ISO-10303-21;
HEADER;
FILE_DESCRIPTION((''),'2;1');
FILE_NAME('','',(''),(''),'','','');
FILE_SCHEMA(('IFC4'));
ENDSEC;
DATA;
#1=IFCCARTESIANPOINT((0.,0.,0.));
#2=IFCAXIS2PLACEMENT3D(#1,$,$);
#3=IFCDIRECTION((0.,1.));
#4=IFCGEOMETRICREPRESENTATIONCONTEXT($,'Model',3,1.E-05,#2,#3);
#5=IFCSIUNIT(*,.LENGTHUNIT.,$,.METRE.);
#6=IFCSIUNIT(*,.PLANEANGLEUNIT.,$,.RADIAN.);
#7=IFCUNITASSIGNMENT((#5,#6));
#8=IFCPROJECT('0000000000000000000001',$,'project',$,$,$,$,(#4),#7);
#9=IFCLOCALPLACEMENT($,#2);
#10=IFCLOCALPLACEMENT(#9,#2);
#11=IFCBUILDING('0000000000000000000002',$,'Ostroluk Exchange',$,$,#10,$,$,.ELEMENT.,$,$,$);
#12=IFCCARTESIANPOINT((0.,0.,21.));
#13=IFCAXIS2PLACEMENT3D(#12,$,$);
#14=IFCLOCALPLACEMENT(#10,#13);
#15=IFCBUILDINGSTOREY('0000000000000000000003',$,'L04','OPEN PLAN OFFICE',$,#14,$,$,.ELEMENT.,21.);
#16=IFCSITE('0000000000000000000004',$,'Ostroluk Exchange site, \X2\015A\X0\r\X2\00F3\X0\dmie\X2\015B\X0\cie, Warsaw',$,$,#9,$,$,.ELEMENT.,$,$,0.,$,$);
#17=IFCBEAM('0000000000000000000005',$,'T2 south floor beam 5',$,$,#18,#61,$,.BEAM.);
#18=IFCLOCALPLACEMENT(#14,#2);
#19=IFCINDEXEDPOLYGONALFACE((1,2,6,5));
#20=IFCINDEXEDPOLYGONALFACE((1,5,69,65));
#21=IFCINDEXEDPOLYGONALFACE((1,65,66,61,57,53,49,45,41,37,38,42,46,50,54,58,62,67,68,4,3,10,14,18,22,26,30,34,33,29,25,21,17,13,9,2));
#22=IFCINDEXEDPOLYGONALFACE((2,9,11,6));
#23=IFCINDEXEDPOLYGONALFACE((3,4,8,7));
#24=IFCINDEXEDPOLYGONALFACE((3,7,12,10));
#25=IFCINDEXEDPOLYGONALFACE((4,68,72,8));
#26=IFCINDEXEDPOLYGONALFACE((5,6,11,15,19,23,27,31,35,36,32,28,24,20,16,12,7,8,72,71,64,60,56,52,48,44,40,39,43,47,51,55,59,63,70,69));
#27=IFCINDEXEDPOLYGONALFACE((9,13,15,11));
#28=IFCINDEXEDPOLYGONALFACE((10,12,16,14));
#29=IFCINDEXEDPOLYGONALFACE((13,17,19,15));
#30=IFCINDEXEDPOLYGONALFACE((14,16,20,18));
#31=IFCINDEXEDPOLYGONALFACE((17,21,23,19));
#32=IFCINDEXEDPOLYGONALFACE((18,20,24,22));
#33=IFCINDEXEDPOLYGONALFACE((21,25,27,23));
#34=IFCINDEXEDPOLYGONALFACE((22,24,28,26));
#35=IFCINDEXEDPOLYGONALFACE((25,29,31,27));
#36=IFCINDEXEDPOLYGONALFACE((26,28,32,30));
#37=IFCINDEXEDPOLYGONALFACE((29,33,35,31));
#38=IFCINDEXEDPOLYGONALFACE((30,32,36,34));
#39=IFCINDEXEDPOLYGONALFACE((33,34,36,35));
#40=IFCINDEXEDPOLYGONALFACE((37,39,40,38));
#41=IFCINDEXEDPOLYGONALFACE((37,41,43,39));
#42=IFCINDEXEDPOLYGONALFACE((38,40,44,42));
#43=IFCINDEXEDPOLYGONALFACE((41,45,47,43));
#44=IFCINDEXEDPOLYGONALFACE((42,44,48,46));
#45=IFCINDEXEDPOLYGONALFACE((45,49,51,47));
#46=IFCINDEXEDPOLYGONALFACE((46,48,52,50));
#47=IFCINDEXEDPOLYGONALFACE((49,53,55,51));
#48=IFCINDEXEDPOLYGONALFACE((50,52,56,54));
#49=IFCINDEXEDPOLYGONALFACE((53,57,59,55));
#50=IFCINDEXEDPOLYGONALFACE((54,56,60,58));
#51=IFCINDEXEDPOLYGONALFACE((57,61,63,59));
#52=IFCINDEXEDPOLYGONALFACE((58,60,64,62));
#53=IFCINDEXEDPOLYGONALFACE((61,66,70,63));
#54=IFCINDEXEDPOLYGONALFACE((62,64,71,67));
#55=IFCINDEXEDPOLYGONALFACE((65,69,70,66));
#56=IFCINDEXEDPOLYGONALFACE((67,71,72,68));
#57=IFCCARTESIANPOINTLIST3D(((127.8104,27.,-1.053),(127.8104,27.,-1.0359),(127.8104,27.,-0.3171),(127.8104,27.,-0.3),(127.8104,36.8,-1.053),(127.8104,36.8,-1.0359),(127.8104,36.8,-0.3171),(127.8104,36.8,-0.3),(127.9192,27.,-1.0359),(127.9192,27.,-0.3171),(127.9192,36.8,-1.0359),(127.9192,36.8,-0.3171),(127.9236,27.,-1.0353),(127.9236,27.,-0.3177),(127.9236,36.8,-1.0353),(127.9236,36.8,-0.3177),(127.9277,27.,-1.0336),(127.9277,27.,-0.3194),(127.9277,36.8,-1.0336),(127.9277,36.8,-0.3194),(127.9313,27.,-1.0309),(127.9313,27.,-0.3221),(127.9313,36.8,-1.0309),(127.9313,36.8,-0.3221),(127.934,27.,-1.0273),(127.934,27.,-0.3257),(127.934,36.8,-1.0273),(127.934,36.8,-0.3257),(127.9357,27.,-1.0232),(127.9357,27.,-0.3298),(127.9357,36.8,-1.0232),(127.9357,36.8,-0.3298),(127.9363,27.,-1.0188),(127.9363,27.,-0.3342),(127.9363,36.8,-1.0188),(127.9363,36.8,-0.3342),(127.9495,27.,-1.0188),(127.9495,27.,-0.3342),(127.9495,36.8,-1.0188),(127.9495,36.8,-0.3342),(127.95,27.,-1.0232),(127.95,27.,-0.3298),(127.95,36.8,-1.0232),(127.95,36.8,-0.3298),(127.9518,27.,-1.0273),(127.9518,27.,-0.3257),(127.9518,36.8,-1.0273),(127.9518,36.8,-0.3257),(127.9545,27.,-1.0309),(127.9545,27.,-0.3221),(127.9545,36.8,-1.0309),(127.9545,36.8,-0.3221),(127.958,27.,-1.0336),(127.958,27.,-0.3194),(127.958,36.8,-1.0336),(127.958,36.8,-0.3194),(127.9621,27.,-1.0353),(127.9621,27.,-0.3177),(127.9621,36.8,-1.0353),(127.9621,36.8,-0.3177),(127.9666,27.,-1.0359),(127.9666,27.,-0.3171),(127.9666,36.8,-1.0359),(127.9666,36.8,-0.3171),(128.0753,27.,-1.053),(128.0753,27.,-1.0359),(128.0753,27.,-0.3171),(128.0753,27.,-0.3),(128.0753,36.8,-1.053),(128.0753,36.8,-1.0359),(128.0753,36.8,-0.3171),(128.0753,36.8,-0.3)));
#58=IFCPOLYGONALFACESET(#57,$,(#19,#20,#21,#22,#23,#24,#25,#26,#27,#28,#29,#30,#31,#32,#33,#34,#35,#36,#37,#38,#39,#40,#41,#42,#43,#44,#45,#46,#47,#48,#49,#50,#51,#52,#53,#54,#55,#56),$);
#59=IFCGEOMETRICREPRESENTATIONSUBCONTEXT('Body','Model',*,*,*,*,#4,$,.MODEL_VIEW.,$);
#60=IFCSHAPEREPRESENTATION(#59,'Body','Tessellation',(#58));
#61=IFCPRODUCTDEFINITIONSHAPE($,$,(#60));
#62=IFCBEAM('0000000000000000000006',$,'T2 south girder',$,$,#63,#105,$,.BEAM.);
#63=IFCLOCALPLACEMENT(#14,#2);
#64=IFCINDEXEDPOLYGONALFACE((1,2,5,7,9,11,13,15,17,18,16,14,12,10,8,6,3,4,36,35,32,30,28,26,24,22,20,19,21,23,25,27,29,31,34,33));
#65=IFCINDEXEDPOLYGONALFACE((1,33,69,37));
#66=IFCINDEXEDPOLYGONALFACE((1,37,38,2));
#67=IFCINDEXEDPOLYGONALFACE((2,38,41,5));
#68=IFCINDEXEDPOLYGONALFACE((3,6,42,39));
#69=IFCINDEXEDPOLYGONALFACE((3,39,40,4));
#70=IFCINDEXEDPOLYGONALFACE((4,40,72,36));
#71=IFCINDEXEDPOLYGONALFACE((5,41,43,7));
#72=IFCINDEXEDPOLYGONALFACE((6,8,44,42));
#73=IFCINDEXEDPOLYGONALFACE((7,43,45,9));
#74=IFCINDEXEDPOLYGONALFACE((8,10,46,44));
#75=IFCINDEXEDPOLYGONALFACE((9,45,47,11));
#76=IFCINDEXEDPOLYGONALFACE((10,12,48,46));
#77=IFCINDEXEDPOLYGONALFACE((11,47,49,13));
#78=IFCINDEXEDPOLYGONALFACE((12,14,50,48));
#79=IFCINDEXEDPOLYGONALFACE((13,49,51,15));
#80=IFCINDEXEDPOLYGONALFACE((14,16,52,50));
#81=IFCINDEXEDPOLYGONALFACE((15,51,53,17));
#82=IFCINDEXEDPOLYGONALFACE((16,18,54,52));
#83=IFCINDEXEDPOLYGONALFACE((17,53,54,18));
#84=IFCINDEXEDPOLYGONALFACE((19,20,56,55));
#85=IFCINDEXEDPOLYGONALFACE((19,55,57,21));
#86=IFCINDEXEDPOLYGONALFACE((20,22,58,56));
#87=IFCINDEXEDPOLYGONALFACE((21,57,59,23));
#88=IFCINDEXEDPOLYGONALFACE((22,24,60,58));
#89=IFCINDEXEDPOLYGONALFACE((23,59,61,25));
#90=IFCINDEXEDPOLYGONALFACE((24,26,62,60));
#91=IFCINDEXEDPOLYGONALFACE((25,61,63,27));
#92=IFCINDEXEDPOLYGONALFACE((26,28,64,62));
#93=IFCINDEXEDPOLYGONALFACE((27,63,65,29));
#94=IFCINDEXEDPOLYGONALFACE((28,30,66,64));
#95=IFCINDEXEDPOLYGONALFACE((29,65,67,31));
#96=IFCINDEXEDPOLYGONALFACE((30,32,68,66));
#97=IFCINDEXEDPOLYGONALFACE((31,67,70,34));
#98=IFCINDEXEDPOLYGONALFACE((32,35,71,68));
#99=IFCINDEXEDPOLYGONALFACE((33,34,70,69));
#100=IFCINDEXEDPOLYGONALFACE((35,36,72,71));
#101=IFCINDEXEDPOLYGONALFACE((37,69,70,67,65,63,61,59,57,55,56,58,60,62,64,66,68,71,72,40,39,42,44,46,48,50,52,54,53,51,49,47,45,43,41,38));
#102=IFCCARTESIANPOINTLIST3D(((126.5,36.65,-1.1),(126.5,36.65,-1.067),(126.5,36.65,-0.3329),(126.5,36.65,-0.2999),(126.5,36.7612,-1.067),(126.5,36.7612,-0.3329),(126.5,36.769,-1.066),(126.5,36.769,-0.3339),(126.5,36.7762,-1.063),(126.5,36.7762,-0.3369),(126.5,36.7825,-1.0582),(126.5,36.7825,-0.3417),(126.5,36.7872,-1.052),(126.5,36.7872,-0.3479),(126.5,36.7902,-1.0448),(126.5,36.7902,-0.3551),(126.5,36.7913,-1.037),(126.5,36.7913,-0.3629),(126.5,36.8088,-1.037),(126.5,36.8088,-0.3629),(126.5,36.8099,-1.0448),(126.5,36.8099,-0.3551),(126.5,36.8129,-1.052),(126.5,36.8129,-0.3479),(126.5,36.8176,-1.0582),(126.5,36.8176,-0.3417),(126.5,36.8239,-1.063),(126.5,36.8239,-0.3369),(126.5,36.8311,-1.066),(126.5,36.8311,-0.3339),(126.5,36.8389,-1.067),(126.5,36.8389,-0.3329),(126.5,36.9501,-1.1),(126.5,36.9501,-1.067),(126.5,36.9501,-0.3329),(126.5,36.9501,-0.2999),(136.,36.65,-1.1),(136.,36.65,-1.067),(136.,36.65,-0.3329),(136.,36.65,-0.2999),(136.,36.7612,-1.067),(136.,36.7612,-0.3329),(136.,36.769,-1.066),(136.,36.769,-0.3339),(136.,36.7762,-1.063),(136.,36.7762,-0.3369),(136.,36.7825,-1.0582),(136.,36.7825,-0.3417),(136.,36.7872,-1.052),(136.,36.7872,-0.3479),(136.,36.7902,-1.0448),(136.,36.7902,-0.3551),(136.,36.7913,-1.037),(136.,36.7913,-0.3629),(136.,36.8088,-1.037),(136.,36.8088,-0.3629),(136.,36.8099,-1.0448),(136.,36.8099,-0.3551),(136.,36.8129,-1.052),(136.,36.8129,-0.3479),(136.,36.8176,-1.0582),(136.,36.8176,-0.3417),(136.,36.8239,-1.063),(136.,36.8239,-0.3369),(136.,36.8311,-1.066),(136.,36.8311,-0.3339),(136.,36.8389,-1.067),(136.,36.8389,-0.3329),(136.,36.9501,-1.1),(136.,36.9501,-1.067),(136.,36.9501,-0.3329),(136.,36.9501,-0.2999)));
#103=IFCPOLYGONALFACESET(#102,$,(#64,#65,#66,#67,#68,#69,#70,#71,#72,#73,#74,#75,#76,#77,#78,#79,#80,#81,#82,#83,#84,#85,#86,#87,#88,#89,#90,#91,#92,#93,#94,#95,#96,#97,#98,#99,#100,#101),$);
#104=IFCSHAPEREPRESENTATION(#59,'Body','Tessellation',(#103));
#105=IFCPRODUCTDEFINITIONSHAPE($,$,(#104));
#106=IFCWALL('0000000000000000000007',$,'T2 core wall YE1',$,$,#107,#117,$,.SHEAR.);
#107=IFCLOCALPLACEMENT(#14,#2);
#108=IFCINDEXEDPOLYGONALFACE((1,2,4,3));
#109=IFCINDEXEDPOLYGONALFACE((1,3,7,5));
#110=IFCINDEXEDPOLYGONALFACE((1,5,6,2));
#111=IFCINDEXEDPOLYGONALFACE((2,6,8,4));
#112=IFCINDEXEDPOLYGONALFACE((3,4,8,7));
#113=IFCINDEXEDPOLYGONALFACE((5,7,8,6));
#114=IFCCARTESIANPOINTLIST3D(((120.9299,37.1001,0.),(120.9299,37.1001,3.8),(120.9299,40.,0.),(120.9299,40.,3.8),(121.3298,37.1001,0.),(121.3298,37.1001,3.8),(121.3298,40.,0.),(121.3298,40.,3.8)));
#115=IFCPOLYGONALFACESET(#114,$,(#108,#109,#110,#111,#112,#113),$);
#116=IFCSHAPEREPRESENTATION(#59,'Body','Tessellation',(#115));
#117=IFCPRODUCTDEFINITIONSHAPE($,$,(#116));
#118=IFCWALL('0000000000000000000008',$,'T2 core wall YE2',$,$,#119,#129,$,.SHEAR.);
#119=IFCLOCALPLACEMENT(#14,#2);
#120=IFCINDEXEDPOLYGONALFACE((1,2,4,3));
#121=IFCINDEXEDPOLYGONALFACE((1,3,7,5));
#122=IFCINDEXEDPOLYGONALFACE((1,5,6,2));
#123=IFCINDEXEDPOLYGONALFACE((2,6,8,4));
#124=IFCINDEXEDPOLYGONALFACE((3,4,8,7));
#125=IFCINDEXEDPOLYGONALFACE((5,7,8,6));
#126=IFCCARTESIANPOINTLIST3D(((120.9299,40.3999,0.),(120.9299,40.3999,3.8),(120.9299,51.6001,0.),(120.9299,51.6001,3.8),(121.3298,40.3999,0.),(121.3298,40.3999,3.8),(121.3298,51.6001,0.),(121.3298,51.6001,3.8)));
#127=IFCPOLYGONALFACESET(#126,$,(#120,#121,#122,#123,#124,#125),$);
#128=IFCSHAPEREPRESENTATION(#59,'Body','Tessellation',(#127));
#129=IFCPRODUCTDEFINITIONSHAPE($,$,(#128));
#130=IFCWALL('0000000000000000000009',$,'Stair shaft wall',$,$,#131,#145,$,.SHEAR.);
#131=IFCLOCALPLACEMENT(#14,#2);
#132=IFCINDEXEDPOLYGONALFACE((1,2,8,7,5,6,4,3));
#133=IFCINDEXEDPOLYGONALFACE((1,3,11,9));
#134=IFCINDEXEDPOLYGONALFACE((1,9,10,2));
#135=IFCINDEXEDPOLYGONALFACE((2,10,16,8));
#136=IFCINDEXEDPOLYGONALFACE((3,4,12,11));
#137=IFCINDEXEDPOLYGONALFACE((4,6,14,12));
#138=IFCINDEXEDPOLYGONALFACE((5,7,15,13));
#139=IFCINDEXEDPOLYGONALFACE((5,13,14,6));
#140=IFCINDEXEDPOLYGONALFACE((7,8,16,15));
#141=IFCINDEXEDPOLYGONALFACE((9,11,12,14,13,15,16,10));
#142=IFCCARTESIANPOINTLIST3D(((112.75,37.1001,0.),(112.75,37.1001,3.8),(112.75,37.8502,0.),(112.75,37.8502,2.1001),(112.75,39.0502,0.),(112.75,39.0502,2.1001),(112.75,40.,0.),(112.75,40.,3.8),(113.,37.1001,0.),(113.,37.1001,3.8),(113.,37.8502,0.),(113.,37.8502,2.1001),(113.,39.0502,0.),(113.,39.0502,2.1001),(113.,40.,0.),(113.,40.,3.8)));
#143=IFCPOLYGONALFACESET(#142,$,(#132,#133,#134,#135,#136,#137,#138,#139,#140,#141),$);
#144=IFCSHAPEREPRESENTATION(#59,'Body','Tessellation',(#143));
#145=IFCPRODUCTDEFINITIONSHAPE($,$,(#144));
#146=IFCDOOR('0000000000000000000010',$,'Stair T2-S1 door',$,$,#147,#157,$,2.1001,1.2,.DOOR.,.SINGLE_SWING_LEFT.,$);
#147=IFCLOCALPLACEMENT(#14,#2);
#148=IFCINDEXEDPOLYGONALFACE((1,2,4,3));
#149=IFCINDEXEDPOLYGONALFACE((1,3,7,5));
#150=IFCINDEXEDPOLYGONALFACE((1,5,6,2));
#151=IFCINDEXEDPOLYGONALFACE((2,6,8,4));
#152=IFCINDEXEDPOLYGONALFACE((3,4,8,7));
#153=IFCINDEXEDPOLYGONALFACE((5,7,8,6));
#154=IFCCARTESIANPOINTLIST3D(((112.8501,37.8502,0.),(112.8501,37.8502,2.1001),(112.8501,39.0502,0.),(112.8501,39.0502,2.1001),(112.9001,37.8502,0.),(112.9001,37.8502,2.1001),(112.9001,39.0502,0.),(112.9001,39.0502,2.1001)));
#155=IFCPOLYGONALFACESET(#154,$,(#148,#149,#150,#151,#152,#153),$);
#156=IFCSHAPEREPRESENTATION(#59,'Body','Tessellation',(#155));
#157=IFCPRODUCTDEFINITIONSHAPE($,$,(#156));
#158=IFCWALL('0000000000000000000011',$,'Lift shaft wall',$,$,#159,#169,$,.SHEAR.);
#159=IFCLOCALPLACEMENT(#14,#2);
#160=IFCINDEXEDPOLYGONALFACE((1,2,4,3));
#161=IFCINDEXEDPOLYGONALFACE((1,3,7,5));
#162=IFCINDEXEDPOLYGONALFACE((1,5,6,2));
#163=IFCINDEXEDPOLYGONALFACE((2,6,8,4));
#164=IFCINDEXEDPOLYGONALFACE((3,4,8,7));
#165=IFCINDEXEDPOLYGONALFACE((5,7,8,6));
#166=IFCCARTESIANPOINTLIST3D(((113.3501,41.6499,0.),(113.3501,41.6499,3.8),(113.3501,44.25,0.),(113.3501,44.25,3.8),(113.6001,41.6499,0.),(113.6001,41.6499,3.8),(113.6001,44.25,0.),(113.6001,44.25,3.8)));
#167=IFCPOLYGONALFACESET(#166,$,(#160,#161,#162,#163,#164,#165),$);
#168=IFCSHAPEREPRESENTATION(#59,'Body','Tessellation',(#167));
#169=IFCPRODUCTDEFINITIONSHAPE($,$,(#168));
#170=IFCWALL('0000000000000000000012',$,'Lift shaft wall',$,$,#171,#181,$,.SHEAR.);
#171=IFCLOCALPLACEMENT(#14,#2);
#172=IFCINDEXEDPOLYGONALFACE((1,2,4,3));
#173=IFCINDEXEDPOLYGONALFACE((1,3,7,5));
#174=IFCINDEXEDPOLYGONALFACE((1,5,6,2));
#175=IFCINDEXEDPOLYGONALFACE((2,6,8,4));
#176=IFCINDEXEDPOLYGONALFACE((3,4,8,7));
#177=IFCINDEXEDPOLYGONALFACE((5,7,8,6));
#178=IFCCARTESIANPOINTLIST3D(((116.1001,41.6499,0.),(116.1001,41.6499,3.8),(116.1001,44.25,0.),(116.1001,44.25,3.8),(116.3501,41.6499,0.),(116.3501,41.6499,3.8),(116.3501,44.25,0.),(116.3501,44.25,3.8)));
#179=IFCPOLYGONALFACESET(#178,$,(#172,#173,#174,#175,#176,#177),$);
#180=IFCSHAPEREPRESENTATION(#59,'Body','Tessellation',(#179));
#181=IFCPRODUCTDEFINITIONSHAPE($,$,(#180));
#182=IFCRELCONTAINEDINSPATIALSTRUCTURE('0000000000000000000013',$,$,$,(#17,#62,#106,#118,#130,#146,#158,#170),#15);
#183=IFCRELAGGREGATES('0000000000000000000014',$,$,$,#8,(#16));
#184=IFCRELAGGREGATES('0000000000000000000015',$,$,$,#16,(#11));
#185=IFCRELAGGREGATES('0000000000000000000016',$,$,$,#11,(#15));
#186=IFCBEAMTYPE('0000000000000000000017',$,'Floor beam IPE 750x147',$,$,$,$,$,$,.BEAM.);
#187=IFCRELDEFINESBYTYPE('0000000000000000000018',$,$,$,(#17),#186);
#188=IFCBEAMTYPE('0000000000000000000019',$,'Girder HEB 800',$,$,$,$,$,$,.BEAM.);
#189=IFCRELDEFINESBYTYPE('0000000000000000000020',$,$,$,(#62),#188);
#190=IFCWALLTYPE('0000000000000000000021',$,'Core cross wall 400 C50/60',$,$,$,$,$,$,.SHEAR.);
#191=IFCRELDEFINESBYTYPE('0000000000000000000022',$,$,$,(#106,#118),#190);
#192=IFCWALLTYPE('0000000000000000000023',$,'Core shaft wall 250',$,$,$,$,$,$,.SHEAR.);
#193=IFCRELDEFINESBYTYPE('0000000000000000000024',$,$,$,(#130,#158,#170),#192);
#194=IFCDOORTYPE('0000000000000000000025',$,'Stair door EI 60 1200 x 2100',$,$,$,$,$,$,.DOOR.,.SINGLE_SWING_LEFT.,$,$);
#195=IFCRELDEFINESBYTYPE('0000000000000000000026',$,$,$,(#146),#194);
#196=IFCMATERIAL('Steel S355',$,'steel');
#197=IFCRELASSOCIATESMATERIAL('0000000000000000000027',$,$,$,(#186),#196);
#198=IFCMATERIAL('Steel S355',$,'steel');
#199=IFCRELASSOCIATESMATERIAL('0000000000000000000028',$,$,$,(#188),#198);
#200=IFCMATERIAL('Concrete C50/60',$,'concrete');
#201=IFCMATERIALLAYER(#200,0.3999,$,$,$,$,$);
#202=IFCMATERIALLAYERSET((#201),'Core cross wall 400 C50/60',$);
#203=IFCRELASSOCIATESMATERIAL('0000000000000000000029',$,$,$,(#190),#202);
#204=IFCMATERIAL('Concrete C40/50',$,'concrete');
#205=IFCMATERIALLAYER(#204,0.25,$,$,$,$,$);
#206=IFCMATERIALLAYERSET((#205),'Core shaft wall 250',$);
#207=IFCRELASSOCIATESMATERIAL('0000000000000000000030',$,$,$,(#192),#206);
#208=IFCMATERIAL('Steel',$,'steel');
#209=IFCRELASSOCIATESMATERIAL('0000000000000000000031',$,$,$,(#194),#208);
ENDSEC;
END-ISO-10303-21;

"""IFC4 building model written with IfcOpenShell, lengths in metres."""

from ifc_helpers import new_model, si_unit, direction, frame, frame_2d, origin, origin_2d, place, context, subcontext, project, spatial, rectangle, i_section, extrude, material, layer, layer_set, material_profile, profile_set, type_object, element, fill, save


model = new_model("IFC4")

# Units and contexts
model_context = context("Model", 3, precision=1e-05, world=origin(), true_north=direction((0.0, 1.0)))
body_context = subcontext(model_context, "Body", "Model", "MODEL_VIEW")
ifc_project = project(units=[si_unit("LENGTHUNIT", "METRE"), si_unit("PLANEANGLEUNIT", "RADIAN")], contexts=[model_context])

# Site, building, storey
site_placement = place(None, origin())
site = spatial("IfcSite", under=ifc_project, at=site_placement, Name="Ostroluk Exchange site, Śródmieście, Warsaw", CompositionType="ELEMENT", RefElevation=0.0)
building_placement = place(site_placement, origin())
building = spatial("IfcBuilding", under=site, at=building_placement, Name="Ostroluk Exchange", CompositionType="ELEMENT")
storey_placement = place(building_placement, frame((0.0, 0.0, 21.0)))
storey = spatial("IfcBuildingStorey", under=building, at=storey_placement, Name="L04", Description="OPEN PLAN OFFICE", CompositionType="ELEMENT", Elevation=21.0)

# Beams
ifc_material_1 = material(Name="Steel S355", Category="steel")
ifc_material_profile_1 = material_profile(ifc_material_1, i_section(OverallWidth=0.2649, OverallDepth=0.7529, WebThickness=0.0132, FlangeThickness=0.0171, FilletRadius=0.0171, at=origin_2d()), Name="IPE 750x147")
ifc_profile_set_1 = profile_set([ifc_material_profile_1], Name="Steel S355")
beam_type_1 = type_object("IfcBeamType", Name="Floor beam IPE 750x147", PredefinedType="BEAM", material=ifc_profile_set_1)
beam_1_placement = place(storey_placement, frame((127.9429, 36.8, -0.6765), z_axis=(0.0, -1.0, 0.0), x_axis=(1.0, 0.0, 0.0)))
element("IfcBeam", 1, at=beam_1_placement, inside=storey, type_object=beam_type_1, Name="T2 south floor beam 5", PredefinedType="BEAM", context=body_context, shape_type="SweptSolid", body=[
    extrude(i_section(OverallWidth=0.2649, OverallDepth=0.7529, WebThickness=0.0132, FlangeThickness=0.0171, FilletRadius=0.0171, at=origin_2d()), origin(), (0.0, 0.0, 1.0), 9.8),
])
ifc_material_2 = material(Name="Steel S355", Category="steel")
ifc_material_profile_2 = material_profile(ifc_material_2, i_section(OverallWidth=0.3, OverallDepth=0.8, WebThickness=0.0176, FlangeThickness=0.033, FilletRadius=0.03, at=origin_2d()), Name="HEB 800")
ifc_profile_set_2 = profile_set([ifc_material_profile_2], Name="Steel S355")
beam_type_2 = type_object("IfcBeamType", Name="Girder HEB 800", PredefinedType="BEAM", material=ifc_profile_set_2)
beam_2_placement = place(storey_placement, frame((126.5, 36.8, -0.7), z_axis=(1.0, 0.0, 0.0), x_axis=(0.0, 1.0, 0.0)))
element("IfcBeam", 2, at=beam_2_placement, inside=storey, type_object=beam_type_2, Name="T2 south girder", PredefinedType="BEAM", context=body_context, shape_type="SweptSolid", body=[
    extrude(i_section(OverallWidth=0.3, OverallDepth=0.8, WebThickness=0.0176, FlangeThickness=0.033, FilletRadius=0.03, at=origin_2d()), origin(), (0.0, 0.0, 1.0), 9.5),
])

# Walls
ifc_material_3 = material(Name="Concrete C50/60", Category="concrete")
ifc_layer_1 = layer(ifc_material_3, 0.3999)
ifc_layer_set_1 = layer_set([ifc_layer_1], Name="Core cross wall 400 C50/60")
wall_type_1 = type_object("IfcWallType", Name="Core cross wall 400 C50/60", PredefinedType="SHEAR", material=ifc_layer_set_1)
wall_1_placement = place(storey_placement, frame((121.1299, 37.1001, 0.0), z_axis=(0.0, 0.0, 1.0), x_axis=(0.0, 1.0, 0.0)))
element("IfcWall", 3, at=wall_1_placement, inside=storey, type_object=wall_type_1, Name="T2 core wall YE1", PredefinedType="SHEAR", context=body_context, shape_type="SweptSolid", body=[
    extrude(rectangle(XDim=2.8999, YDim=0.3999, at=frame_2d((1.45, 0.0))), origin(), (0.0, 0.0, 1.0), 3.8),
])
wall_2_placement = place(storey_placement, frame((121.1299, 40.3999, 0.0), z_axis=(0.0, 0.0, 1.0), x_axis=(0.0, 1.0, 0.0)))
element("IfcWall", 4, at=wall_2_placement, inside=storey, type_object=wall_type_1, Name="T2 core wall YE2", PredefinedType="SHEAR", context=body_context, shape_type="SweptSolid", body=[
    extrude(rectangle(XDim=11.2002, YDim=0.3999, at=frame_2d((5.6001, 0.0))), origin(), (0.0, 0.0, 1.0), 3.8),
])

# Wall, opening, door
ifc_material_4 = material(Name="Concrete C40/50", Category="concrete")
ifc_layer_2 = layer(ifc_material_4, 0.25)
ifc_layer_set_2 = layer_set([ifc_layer_2], Name="Core shaft wall 250")
wall_type_2 = type_object("IfcWallType", Name="Core shaft wall 250", PredefinedType="SHEAR", material=ifc_layer_set_2)
wall_3_placement = place(storey_placement, frame((112.875, 37.1001, 0.0), z_axis=(0.0, 0.0, 1.0), x_axis=(0.0, 1.0, 0.0)))
wall_3 = element("IfcWall", 5, at=wall_3_placement, inside=storey, type_object=wall_type_2, Name="Stair shaft wall", PredefinedType="SHEAR", context=body_context, shape_type="SweptSolid", body=[
    extrude(rectangle(XDim=2.8999, YDim=0.25, at=frame_2d((1.45, 0.0))), origin(), (0.0, 0.0, 1.0), 3.8),
])
opening_1_placement = place(wall_3_placement, frame((0.75, 0.0, 0.0)))
opening_1 = element("IfcOpeningElement", 6, at=opening_1_placement, cuts=wall_3, PredefinedType="OPENING", context=body_context, shape_type="SweptSolid", body=[
    extrude(rectangle(XDim=1.2, YDim=2.1001, at=frame_2d((0.6001, 1.05))), frame((0.0, 0.135, 0.0), z_axis=(0.0, -1.0, 0.0), x_axis=(1.0, 0.0, 0.0)), (0.0, 0.0, 1.0), 0.27),
])
ifc_material_5 = material(Name="Steel", Category="steel")
door_type_1 = type_object("IfcDoorType", Name="Stair door EI 60 1200 x 2100", OperationType="SINGLE_SWING_LEFT", PredefinedType="DOOR", material=ifc_material_5)
door_1_placement = place(opening_1_placement, origin())
door_1 = element("IfcDoor", 7, at=door_1_placement, inside=storey, type_object=door_type_1, Name="Stair T2-S1 door", OperationType="SINGLE_SWING_LEFT", OverallHeight=2.1001, OverallWidth=1.2, PredefinedType="DOOR", context=body_context, shape_type="SweptSolid", body=[
    extrude(rectangle(XDim=1.2, YDim=2.1001, at=frame_2d((0.6001, 1.05))), frame((0.0, 0.0249, 0.0), z_axis=(0.0, -1.0, 0.0), x_axis=(1.0, 0.0, 0.0)), (0.0, 0.0, 1.0), 0.05),
])
fill(opening_1, door_1)

# Walls
for number, where, z_axis, x_axis, name in (
    (8, (113.4751, 44.25, 0.0), (0.0, 0.0, 1.0), (0.0, -1.0, 0.0), "Lift shaft wall"),
    (9, (116.2251, 44.25, 0.0), (0.0, 0.0, 1.0), (0.0, -1.0, 0.0), "Lift shaft wall"),
):
    element("IfcWall", number, at=place(storey_placement, frame(where, z_axis=z_axis, x_axis=x_axis)), inside=storey, type_object=wall_type_2, Name=name, PredefinedType="SHEAR", context=body_context, shape_type="SweptSolid", body=[
        extrude(rectangle(XDim=2.6001, YDim=0.25, at=frame_2d((1.3, 0.0))), origin(), (0.0, 0.0, 1.0), 3.8),
    ])

save(model, "model.ifc")
